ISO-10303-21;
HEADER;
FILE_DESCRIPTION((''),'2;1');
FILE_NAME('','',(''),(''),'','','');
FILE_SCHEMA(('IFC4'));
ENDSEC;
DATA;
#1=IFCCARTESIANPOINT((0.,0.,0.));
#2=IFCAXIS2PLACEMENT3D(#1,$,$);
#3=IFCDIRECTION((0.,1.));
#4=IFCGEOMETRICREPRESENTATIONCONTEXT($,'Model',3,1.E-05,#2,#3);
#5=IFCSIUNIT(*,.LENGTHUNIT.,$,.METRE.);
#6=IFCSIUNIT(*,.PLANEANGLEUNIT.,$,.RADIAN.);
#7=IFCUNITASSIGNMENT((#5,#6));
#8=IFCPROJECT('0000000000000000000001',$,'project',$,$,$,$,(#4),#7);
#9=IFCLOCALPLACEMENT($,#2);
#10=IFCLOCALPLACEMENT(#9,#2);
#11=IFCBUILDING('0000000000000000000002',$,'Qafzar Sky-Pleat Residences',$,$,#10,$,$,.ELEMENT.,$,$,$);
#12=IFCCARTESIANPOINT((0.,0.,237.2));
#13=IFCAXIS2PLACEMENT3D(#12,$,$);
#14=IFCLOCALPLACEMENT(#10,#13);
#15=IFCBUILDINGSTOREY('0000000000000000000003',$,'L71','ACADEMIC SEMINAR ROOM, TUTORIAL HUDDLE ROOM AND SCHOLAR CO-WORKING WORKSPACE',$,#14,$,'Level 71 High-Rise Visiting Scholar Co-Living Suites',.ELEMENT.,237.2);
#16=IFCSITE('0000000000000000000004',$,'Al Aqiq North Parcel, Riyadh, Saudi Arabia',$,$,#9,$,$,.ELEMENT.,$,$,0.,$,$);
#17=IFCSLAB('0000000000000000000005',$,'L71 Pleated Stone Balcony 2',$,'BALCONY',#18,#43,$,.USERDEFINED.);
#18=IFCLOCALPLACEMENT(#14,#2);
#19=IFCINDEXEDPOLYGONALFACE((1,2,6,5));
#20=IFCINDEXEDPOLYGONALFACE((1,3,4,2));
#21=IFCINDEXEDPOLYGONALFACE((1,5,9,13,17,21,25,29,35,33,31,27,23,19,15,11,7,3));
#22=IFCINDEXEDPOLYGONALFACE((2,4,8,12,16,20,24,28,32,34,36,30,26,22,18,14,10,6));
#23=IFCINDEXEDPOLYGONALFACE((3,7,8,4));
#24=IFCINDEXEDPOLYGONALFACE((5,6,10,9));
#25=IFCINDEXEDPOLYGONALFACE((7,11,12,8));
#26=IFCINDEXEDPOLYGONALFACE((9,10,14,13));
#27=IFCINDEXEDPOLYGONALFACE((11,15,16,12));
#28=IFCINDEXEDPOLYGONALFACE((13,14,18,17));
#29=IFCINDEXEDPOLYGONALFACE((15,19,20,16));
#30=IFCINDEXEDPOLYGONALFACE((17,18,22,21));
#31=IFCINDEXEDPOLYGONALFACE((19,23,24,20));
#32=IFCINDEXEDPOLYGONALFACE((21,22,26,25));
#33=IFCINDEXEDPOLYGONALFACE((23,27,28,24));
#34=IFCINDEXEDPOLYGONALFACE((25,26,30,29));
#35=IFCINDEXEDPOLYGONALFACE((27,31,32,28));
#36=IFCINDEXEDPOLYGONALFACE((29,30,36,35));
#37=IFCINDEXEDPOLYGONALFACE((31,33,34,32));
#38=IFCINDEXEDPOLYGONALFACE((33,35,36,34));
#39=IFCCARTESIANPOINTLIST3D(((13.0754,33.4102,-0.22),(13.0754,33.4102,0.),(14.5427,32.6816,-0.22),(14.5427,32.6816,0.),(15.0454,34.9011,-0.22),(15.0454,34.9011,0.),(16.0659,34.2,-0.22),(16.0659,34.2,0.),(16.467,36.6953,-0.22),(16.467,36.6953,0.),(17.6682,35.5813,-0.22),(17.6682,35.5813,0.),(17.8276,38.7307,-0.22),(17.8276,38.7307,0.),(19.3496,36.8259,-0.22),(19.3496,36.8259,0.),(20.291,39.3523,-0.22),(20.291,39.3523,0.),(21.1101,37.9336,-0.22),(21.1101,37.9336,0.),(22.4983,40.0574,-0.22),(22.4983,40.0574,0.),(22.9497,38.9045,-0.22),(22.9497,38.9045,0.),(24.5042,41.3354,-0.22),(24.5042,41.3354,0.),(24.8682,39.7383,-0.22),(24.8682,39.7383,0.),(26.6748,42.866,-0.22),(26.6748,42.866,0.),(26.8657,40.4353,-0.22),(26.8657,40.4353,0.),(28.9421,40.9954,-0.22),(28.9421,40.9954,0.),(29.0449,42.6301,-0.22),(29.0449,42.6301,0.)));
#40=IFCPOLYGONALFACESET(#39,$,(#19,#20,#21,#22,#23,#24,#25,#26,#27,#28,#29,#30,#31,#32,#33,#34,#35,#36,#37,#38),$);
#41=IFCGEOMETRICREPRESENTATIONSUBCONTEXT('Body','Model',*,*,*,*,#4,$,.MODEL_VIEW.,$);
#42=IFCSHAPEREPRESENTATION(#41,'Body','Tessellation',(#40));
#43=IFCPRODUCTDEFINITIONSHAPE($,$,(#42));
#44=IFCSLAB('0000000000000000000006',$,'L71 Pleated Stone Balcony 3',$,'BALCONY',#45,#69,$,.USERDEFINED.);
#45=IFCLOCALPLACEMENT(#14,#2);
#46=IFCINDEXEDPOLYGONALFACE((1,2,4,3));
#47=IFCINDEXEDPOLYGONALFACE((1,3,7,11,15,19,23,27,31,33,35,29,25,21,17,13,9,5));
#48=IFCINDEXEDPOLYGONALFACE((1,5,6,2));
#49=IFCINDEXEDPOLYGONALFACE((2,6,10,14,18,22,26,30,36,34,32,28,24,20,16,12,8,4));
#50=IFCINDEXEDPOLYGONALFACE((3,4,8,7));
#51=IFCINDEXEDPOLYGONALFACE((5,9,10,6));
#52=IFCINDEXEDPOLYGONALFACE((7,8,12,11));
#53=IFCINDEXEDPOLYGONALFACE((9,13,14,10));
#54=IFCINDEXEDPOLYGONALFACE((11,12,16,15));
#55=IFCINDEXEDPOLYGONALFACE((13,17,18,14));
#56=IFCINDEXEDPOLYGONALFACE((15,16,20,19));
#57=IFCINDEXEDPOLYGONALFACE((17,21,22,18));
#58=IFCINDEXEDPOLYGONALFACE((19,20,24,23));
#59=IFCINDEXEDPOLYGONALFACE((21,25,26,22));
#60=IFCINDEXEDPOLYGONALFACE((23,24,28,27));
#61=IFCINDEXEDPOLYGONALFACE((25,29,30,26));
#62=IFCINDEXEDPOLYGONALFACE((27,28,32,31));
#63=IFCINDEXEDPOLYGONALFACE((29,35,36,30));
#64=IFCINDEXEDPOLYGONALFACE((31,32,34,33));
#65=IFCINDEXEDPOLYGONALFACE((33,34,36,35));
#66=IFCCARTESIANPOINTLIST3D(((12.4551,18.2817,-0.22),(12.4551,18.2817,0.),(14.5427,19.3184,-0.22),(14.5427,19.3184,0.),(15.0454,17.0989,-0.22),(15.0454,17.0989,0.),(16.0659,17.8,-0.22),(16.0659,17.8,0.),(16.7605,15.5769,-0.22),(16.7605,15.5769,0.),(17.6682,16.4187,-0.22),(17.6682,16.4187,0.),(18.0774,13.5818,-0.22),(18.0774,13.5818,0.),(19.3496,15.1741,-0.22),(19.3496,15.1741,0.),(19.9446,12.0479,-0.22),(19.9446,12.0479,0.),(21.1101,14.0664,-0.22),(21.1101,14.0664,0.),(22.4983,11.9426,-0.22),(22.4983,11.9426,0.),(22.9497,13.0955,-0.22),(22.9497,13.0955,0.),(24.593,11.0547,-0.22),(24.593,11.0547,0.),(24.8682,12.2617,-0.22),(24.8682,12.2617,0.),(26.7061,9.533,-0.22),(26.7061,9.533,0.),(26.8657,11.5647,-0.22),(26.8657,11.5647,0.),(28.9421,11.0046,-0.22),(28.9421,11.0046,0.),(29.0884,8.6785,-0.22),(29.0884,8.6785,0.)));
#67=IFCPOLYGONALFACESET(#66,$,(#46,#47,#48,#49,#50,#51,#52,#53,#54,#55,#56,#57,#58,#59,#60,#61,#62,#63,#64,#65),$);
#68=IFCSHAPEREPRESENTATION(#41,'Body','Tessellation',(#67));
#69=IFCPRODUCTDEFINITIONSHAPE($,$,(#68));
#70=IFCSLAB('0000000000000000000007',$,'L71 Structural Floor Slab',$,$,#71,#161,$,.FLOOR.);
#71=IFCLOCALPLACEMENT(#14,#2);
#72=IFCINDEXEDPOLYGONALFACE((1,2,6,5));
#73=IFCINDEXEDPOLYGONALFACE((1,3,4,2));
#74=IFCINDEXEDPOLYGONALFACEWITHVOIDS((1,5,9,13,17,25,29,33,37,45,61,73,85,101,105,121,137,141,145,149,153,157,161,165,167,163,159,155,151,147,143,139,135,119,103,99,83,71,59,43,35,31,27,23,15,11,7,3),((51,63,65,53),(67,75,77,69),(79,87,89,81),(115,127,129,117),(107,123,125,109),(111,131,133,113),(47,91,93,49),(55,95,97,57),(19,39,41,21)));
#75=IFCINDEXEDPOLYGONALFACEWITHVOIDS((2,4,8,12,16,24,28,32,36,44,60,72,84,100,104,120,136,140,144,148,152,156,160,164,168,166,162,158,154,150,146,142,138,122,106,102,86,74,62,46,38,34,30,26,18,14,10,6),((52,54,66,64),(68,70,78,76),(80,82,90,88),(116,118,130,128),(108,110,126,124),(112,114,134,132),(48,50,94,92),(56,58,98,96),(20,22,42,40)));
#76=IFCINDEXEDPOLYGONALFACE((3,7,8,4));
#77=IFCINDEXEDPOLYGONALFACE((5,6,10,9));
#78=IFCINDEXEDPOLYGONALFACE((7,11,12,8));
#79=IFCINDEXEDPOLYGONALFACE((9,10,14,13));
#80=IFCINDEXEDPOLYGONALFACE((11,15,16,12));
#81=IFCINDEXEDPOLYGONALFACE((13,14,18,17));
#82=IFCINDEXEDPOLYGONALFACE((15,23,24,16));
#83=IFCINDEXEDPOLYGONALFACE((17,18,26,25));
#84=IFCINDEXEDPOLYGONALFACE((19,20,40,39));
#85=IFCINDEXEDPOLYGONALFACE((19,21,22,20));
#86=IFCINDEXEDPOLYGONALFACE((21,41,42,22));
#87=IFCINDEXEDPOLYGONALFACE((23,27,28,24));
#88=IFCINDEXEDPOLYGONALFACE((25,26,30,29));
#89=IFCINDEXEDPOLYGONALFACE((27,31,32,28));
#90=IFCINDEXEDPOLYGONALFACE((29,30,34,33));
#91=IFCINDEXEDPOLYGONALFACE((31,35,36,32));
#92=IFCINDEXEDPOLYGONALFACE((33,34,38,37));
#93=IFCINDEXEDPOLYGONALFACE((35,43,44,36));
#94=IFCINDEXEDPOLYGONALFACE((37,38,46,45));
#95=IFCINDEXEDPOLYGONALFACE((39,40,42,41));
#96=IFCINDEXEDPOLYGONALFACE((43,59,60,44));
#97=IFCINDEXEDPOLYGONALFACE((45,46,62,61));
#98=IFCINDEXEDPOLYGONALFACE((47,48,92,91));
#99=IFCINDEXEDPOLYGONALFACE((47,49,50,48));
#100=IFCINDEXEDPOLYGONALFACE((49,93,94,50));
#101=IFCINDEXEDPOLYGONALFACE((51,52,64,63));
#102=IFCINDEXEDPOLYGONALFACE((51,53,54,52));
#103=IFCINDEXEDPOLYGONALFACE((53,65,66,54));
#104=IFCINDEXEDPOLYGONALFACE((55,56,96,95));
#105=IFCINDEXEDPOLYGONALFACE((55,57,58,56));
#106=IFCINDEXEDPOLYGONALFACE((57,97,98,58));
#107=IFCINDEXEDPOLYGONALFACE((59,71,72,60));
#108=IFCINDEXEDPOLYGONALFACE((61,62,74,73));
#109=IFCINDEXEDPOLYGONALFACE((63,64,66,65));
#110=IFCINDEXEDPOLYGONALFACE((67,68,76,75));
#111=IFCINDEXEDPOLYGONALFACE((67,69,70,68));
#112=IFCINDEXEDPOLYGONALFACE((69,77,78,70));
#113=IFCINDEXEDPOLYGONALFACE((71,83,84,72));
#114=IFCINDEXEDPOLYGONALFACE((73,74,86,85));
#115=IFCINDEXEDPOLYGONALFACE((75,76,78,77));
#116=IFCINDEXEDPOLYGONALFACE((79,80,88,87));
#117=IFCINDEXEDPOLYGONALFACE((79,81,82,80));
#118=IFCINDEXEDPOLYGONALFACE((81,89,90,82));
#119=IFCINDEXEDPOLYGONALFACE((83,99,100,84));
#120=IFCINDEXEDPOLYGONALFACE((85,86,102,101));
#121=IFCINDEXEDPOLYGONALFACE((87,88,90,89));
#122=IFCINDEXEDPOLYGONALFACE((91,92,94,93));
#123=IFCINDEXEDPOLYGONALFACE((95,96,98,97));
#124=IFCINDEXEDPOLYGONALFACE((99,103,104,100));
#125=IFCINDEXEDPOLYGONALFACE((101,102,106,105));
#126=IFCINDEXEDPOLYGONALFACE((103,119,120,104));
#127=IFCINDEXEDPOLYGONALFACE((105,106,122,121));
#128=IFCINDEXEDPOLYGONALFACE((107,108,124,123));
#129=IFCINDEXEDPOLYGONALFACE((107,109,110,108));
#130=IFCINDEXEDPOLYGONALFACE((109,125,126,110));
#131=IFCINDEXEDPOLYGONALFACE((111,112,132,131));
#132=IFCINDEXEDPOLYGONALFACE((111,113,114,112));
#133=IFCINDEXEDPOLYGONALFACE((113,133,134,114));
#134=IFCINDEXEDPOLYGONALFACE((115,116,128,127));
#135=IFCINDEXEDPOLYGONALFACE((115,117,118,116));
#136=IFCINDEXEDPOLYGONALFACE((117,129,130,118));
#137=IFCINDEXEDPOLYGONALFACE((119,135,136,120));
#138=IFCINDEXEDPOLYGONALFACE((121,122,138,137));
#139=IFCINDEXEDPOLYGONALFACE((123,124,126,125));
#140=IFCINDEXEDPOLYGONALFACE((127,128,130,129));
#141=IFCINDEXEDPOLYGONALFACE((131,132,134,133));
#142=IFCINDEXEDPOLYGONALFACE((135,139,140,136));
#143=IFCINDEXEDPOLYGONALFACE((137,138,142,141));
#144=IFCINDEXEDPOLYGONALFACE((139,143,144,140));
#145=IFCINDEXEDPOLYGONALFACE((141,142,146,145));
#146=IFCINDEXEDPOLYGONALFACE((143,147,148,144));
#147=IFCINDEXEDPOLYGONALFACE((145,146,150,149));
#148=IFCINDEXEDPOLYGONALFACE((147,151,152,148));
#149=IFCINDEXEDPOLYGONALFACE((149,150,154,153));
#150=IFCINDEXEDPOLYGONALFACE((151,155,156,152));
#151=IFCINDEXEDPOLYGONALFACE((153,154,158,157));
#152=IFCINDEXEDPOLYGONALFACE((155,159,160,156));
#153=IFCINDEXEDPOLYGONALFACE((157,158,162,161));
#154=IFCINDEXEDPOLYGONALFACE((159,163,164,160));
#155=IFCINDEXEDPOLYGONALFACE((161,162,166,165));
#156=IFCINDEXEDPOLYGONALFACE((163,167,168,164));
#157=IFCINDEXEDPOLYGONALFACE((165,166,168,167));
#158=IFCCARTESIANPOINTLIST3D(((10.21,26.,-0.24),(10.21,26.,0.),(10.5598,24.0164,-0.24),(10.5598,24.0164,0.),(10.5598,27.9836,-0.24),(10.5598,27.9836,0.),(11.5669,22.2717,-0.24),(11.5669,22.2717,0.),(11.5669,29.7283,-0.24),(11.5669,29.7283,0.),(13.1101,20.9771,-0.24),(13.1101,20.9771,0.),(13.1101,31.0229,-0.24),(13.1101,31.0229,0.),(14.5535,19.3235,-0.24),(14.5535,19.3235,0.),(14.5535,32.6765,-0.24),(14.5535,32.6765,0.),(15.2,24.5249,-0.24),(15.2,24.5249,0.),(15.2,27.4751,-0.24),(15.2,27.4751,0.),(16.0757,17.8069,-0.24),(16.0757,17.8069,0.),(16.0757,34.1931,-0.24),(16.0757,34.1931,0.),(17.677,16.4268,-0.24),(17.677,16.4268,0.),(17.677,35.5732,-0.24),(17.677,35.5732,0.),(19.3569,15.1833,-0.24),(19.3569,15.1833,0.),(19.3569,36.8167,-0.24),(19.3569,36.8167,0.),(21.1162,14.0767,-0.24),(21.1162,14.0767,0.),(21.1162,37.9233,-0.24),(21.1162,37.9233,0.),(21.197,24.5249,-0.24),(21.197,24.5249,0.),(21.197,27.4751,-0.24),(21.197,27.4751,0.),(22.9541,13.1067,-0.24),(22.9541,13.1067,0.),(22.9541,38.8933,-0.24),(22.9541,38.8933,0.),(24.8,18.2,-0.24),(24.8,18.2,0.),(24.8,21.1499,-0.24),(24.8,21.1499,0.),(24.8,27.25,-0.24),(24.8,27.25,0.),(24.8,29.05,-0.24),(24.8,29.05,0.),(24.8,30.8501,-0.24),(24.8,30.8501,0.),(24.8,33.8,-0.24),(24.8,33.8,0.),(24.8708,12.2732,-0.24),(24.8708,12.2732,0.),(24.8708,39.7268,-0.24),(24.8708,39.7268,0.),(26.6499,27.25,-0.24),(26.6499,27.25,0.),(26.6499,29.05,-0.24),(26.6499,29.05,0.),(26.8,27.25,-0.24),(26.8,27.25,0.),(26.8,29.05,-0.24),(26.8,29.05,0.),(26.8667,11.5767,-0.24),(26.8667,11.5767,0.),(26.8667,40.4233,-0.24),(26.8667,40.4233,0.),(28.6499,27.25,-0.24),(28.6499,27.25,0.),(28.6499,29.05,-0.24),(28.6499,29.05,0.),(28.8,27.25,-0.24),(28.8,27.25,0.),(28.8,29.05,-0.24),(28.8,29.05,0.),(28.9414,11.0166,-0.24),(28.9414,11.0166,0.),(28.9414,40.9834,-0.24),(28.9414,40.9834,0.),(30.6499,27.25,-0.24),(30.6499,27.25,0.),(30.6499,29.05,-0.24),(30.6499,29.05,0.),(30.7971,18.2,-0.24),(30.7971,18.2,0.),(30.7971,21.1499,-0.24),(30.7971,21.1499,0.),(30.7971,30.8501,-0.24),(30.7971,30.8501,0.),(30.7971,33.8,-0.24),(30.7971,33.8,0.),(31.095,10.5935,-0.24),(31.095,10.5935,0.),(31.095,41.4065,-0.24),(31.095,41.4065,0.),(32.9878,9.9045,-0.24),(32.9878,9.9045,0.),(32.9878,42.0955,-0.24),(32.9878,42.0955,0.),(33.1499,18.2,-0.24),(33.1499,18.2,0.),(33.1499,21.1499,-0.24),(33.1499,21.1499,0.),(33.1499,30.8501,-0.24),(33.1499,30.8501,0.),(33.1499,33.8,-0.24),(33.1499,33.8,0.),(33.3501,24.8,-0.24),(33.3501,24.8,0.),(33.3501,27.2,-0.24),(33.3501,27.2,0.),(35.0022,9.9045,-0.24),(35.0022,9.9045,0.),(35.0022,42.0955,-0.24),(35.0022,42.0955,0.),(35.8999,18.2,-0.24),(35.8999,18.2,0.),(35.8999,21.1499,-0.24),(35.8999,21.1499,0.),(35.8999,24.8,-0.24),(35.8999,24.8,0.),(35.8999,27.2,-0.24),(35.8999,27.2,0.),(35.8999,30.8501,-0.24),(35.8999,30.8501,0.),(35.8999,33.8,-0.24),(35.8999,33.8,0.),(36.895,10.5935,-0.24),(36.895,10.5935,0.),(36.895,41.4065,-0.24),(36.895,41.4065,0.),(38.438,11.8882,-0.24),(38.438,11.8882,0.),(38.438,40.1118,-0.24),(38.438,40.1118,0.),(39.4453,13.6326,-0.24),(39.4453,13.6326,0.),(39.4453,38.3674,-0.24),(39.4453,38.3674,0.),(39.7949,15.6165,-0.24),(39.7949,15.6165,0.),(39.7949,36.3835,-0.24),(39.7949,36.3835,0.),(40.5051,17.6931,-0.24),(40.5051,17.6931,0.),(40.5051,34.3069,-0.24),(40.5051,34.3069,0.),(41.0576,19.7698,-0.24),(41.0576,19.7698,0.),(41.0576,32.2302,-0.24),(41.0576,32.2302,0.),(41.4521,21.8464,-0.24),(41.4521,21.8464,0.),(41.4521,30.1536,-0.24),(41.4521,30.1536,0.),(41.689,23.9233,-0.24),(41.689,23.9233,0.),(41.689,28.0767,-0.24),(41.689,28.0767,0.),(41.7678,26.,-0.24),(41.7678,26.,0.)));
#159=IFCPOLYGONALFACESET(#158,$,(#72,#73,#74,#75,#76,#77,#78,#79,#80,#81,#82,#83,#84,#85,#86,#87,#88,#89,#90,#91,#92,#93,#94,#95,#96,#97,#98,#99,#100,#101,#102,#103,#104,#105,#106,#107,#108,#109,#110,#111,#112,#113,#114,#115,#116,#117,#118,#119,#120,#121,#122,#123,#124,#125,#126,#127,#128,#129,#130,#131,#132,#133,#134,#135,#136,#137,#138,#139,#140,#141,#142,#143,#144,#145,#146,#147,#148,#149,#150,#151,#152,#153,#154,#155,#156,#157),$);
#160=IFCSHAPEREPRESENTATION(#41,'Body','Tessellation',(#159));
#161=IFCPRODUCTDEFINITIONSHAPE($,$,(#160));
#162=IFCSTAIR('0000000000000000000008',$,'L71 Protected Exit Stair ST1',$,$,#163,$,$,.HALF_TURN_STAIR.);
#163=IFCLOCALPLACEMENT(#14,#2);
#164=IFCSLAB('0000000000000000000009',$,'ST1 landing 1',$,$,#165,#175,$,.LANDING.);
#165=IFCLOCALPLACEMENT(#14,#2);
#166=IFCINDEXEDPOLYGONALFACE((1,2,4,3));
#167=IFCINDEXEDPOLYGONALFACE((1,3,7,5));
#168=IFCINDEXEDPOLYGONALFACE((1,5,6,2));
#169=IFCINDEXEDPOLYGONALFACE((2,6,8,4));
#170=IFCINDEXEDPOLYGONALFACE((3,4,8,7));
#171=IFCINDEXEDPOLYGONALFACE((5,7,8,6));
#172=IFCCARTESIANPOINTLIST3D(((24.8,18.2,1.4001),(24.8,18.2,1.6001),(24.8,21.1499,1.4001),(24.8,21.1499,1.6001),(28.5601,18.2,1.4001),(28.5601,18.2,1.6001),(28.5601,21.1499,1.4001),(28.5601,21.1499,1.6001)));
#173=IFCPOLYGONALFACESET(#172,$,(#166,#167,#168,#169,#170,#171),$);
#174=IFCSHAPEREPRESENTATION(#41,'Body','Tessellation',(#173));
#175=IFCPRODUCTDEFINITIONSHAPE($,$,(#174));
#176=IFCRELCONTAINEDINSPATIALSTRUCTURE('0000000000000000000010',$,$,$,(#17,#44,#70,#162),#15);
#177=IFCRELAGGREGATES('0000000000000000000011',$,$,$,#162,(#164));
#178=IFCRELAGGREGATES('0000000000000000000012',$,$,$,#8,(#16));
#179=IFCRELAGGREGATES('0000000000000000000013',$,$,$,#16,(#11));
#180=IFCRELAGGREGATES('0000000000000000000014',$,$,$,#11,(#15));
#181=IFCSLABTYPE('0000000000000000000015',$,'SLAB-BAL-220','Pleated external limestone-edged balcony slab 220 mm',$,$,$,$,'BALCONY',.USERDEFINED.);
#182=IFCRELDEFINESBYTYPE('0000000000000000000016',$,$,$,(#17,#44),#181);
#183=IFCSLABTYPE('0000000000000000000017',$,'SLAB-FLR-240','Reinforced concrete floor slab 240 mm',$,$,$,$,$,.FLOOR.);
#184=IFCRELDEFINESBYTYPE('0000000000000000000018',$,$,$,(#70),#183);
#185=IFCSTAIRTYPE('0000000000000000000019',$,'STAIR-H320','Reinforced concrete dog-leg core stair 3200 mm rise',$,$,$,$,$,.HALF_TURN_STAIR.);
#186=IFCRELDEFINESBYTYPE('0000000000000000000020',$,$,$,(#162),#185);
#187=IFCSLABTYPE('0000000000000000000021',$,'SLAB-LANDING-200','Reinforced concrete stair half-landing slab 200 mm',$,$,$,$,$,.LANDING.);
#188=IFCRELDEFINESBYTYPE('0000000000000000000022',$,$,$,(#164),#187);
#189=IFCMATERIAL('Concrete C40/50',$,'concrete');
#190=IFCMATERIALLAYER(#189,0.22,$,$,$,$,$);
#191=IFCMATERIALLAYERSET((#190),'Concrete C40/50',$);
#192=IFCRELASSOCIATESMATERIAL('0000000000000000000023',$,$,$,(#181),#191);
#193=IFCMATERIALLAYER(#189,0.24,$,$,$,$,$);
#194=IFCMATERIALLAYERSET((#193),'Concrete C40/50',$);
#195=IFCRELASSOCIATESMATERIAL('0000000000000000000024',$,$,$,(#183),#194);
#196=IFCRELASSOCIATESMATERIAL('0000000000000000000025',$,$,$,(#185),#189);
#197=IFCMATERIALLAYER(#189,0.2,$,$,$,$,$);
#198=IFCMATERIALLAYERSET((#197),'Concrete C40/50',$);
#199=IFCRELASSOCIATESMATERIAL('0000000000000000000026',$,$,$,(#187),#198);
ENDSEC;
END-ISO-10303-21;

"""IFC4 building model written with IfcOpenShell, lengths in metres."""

from ifc_helpers import new_model, si_unit, direction, frame, origin, place, context, subcontext, project, spatial, polyline, outline, extrude, material, layer, layer_set, type_object, element, aggregate, save


model = new_model("IFC4")

# Units and contexts
model_context = context("Model", 3, precision=1e-05, world=origin(), true_north=direction((0.0, 1.0)))
body_context = subcontext(model_context, "Body", "Model", "MODEL_VIEW")
ifc_project = project(units=[si_unit("LENGTHUNIT", "METRE"), si_unit("PLANEANGLEUNIT", "RADIAN")], contexts=[model_context])

# Site, building, storey
site_placement = place(None, origin())
site = spatial("IfcSite", under=ifc_project, at=site_placement, Name="Al Aqiq North Parcel, Riyadh, Saudi Arabia", CompositionType="ELEMENT", RefElevation=0.0)
building_placement = place(site_placement, origin())
building = spatial("IfcBuilding", under=site, at=building_placement, Name="Qafzar Sky-Pleat Residences", CompositionType="ELEMENT")
storey_placement = place(building_placement, frame((0.0, 0.0, 237.2)))
storey = spatial("IfcBuildingStorey", under=building, at=storey_placement, Name="L71", Description="ACADEMIC SEMINAR ROOM, TUTORIAL HUDDLE ROOM AND SCHOLAR CO-WORKING WORKSPACE", LongName="Level 71 High-Rise Visiting Scholar Co-Living Suites", CompositionType="ELEMENT", Elevation=237.2)

# Slabs
ifc_material_1 = material(Name="Concrete C40/50", Category="concrete")
ifc_layer_1 = layer(ifc_material_1, 0.22)
ifc_layer_set_1 = layer_set([ifc_layer_1], Name="Concrete C40/50")
slab_type_1 = type_object("IfcSlabType", Name="SLAB-BAL-220", Description="Pleated external limestone-edged balcony slab 220 mm", ElementType="BALCONY", PredefinedType="USERDEFINED", material=ifc_layer_set_1)
slab_1_placement = place(storey_placement, frame((0.0, 0.0, -0.22)))
element("IfcSlab", 1, at=slab_1_placement, inside=storey, type_object=slab_type_1, Name="L71 Pleated Stone Balcony 2", ObjectType="BALCONY", PredefinedType="USERDEFINED", context=body_context, shape_type="SweptSolid", body=[
    extrude(outline(polyline([(26.8657, 40.4353), (24.8682, 39.7383), (22.9497, 38.9045), (21.1101, 37.9336), (19.3496, 36.8259), (17.6682, 35.5813), (16.0659, 34.2), (14.5427, 32.6816), (13.0754, 33.4102), (15.0454, 34.9011), (16.467, 36.6953), (17.8276, 38.7307), (20.291, 39.3523), (22.4983, 40.0574), (24.5042, 41.3354), (26.6748, 42.866), (29.0449, 42.6301), (28.9421, 40.9954), (26.8657, 40.4353)])), origin(), (0.0, 0.0, 1.0), 0.22),
])
slab_2_placement = place(storey_placement, frame((0.0, 0.0, -0.22)))
element("IfcSlab", 2, at=slab_2_placement, inside=storey, type_object=slab_type_1, Name="L71 Pleated Stone Balcony 3", ObjectType="BALCONY", PredefinedType="USERDEFINED", context=body_context, shape_type="SweptSolid", body=[
    extrude(outline(polyline([(16.0659, 17.8), (17.6682, 16.4187), (19.3496, 15.1741), (21.1101, 14.0664), (22.9497, 13.0955), (24.8682, 12.2617), (26.8657, 11.5647), (28.9421, 11.0046), (29.0884, 8.6785), (26.7061, 9.533), (24.593, 11.0547), (22.4983, 11.9426), (19.9446, 12.0479), (18.0774, 13.5818), (16.7605, 15.5769), (15.0454, 17.0989), (12.4551, 18.2817), (14.5427, 19.3184), (16.0659, 17.8)])), origin(), (0.0, 0.0, 1.0), 0.22),
])
ifc_layer_2 = layer(ifc_material_1, 0.24)
ifc_layer_set_2 = layer_set([ifc_layer_2], Name="Concrete C40/50")
slab_type_2 = type_object("IfcSlabType", Name="SLAB-FLR-240", Description="Reinforced concrete floor slab 240 mm", PredefinedType="FLOOR", material=ifc_layer_set_2)
slab_3_placement = place(storey_placement, frame((0.0, 0.0, -0.24)))
element("IfcSlab", 3, at=slab_3_placement, inside=storey, type_object=slab_type_2, Name="L71 Structural Floor Slab", PredefinedType="FLOOR", context=body_context, shape_type="SweptSolid", body=[
    extrude(outline(polyline([(13.1101, 31.0229), (11.5669, 29.7283), (10.5598, 27.9836), (10.21, 26.0), (10.5598, 24.0164), (11.5669, 22.2717), (13.1101, 20.9771), (14.5535, 19.3235), (16.0757, 17.8069), (17.677, 16.4268), (19.3569, 15.1833), (21.1162, 14.0767), (22.9541, 13.1067), (24.8708, 12.2732), (26.8667, 11.5767), (28.9414, 11.0166), (31.095, 10.5935), (32.9878, 9.9045), (35.0022, 9.9045), (36.895, 10.5935), (38.438, 11.8882), (39.4453, 13.6326), (39.7949, 15.6165), (40.5051, 17.6931), (41.0576, 19.7698), (41.4521, 21.8464), (41.689, 23.9233), (41.7678, 26.0), (41.689, 28.0767), (41.4521, 30.1536), (41.0576, 32.2302), (40.5051, 34.3069), (39.7949, 36.3835), (39.4453, 38.3674), (38.438, 40.1118), (36.895, 41.4065), (35.0022, 42.0955), (32.9878, 42.0955), (31.095, 41.4065), (28.9414, 40.9834), (26.8667, 40.4233), (24.8708, 39.7268), (22.9541, 38.8933), (21.1162, 37.9233), (19.3569, 36.8167), (17.677, 35.5732), (16.0757, 34.1931), (14.5535, 32.6765), (13.1101, 31.0229)]), holes=[polyline([(30.7971, 21.1499), (24.8, 21.1499), (24.8, 18.2), (30.7971, 18.2), (30.7971, 21.1499)]), polyline([(30.7971, 33.8), (24.8, 33.8), (24.8, 30.8501), (30.7971, 30.8501), (30.7971, 33.8)]), polyline([(21.197, 27.4751), (15.2, 27.4751), (15.2, 24.5249), (21.197, 24.5249), (21.197, 27.4751)]), polyline([(24.8, 27.25), (26.6499, 27.25), (26.6499, 29.05), (24.8, 29.05), (24.8, 27.25)]), polyline([(26.8, 27.25), (28.6499, 27.25), (28.6499, 29.05), (26.8, 29.05), (26.8, 27.25)]), polyline([(28.8, 27.25), (30.6499, 27.25), (30.6499, 29.05), (28.8, 29.05), (28.8, 27.25)]), polyline([(33.1499, 18.2), (35.8999, 18.2), (35.8999, 21.1499), (33.1499, 21.1499), (33.1499, 18.2)]), polyline([(33.1499, 30.8501), (35.8999, 30.8501), (35.8999, 33.8), (33.1499, 33.8), (33.1499, 30.8501)]), polyline([(33.3501, 24.8), (35.8999, 24.8), (35.8999, 27.2), (33.3501, 27.2), (33.3501, 24.8)])]), origin(), (0.0, 0.0, 1.0), 0.24),
])

# Stair, slab
stair_type = type_object("IfcStairType", Name="STAIR-H320", Description="Reinforced concrete dog-leg core stair 3200 mm rise", PredefinedType="HALF_TURN_STAIR", material=ifc_material_1)
stair_1_placement = place(storey_placement, origin())
stair_1 = element("IfcStair", 4, at=stair_1_placement, inside=storey, type_object=stair_type, Name="L71 Protected Exit Stair ST1", PredefinedType="HALF_TURN_STAIR")
ifc_layer_3 = layer(ifc_material_1, 0.2)
ifc_layer_set_3 = layer_set([ifc_layer_3], Name="Concrete C40/50")
slab_type_3 = type_object("IfcSlabType", Name="SLAB-LANDING-200", Description="Reinforced concrete stair half-landing slab 200 mm", PredefinedType="LANDING", material=ifc_layer_set_3)
slab_4_placement = place(storey_placement, frame((0.0, 0.0, 1.4001)))
slab_4 = element("IfcSlab", 5, at=slab_4_placement, type_object=slab_type_3, Name="ST1 landing 1", PredefinedType="LANDING", context=body_context, shape_type="SweptSolid", body=[
    extrude(outline(polyline([(28.5601, 21.1499), (24.8, 21.1499), (24.8, 18.2), (28.5601, 18.2), (28.5601, 21.1499)])), origin(), (0.0, 0.0, 1.0), 0.2),
])
aggregate(stair_1, [slab_4])

save(model, "model.ifc")
